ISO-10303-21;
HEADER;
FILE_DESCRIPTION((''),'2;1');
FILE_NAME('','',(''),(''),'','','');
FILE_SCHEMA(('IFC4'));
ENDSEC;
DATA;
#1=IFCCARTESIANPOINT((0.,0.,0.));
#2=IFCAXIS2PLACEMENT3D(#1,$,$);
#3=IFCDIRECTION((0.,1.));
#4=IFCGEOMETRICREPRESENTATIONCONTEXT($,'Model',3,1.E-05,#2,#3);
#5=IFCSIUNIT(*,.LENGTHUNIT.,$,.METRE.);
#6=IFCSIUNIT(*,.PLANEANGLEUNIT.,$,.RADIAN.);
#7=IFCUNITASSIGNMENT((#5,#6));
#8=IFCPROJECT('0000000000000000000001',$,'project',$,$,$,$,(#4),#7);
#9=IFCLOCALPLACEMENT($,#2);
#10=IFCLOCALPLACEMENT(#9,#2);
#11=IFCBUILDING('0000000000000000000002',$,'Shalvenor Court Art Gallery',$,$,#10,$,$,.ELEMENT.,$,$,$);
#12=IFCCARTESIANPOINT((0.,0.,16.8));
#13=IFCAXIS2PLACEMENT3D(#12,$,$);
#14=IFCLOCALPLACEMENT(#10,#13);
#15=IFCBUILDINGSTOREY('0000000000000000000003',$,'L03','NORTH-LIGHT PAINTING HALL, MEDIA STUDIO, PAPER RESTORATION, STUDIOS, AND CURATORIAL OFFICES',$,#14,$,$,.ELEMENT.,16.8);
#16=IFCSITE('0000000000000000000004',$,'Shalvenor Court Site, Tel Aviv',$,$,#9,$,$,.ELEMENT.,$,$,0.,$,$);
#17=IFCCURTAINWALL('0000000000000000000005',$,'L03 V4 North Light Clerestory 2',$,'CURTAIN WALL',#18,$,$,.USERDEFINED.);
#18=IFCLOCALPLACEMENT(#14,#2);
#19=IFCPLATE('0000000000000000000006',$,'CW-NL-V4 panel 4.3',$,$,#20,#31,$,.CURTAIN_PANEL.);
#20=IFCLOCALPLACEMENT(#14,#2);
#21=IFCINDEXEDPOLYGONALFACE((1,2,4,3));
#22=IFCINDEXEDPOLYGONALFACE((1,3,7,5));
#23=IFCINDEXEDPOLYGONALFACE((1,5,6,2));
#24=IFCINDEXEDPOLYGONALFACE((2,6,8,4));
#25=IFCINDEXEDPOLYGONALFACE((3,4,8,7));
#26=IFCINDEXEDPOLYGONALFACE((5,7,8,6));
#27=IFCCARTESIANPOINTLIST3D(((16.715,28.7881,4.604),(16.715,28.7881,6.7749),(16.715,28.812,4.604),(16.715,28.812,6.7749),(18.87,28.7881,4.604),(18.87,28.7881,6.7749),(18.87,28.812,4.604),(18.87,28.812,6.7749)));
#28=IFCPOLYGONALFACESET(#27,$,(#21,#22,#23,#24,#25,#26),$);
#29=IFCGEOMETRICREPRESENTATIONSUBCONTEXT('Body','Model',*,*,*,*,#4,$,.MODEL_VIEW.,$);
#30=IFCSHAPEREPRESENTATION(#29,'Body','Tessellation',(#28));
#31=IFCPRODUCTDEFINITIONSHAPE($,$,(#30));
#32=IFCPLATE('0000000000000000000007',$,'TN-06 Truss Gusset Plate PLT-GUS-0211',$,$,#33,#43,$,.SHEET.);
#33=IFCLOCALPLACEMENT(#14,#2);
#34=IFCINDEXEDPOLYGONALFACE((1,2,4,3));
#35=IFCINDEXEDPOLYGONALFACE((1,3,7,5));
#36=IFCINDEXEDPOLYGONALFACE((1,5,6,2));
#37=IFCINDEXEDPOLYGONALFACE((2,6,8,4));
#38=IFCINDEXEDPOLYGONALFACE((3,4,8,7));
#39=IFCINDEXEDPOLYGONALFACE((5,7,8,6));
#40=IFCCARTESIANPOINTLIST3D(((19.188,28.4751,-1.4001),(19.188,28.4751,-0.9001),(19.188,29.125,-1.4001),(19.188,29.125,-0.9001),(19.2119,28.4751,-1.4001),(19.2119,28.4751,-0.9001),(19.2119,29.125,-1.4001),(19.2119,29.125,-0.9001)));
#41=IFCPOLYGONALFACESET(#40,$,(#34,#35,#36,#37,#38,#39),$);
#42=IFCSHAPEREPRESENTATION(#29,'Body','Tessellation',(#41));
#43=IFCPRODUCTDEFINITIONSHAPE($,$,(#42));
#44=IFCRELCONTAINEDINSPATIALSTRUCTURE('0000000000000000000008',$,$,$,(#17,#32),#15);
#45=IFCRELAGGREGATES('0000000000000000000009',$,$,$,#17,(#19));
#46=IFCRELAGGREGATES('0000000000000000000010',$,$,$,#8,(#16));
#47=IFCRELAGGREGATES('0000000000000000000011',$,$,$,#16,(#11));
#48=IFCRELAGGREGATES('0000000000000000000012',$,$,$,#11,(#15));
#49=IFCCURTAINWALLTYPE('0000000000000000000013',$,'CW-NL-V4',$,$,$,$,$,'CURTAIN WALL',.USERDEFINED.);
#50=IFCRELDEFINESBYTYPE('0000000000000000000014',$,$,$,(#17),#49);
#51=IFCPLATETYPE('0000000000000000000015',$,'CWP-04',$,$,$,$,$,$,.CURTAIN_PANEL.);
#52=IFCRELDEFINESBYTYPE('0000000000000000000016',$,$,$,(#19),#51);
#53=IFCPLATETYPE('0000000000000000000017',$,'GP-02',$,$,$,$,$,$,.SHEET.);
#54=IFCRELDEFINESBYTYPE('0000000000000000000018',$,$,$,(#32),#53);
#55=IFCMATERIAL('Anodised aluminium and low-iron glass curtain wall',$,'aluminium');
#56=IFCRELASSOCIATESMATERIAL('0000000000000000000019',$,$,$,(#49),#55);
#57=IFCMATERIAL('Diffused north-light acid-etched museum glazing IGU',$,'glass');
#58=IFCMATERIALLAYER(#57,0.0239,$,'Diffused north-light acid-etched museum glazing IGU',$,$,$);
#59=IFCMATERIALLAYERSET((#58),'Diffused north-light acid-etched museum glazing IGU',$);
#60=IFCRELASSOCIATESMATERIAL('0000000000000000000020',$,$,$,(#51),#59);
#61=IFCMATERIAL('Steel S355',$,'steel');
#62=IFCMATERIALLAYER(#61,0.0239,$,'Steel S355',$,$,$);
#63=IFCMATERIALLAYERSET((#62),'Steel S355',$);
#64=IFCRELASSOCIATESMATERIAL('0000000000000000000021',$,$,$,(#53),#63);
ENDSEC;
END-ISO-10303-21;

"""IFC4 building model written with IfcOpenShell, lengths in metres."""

from ifc_helpers import new_model, si_unit, direction, frame, origin, origin_2d, place, context, subcontext, project, spatial, rectangle, extrude, material, layer, layer_set, type_object, element, aggregate, save


model = new_model("IFC4")

# Units and contexts
model_context = context("Model", 3, precision=1e-05, world=origin(), true_north=direction((0.0, 1.0)))
body_context = subcontext(model_context, "Body", "Model", "MODEL_VIEW")
ifc_project = project(units=[si_unit("LENGTHUNIT", "METRE"), si_unit("PLANEANGLEUNIT", "RADIAN")], contexts=[model_context])

# Site, building, storey
site_placement = place(None, origin())
site = spatial("IfcSite", under=ifc_project, at=site_placement, Name="Shalvenor Court Site, Tel Aviv", CompositionType="ELEMENT", RefElevation=0.0)
building_placement = place(site_placement, origin())
building = spatial("IfcBuilding", under=site, at=building_placement, Name="Shalvenor Court Art Gallery", CompositionType="ELEMENT")
storey_placement = place(building_placement, frame((0.0, 0.0, 16.8)))
storey = spatial("IfcBuildingStorey", under=building, at=storey_placement, Name="L03", Description="NORTH-LIGHT PAINTING HALL, MEDIA STUDIO, PAPER RESTORATION, STUDIOS, AND CURATORIAL OFFICES", CompositionType="ELEMENT", Elevation=16.8)

# Curtain wall
ifc_material_1 = material(Name="Anodised aluminium and low-iron glass curtain wall", Category="aluminium")
curtain_wall_type = type_object("IfcCurtainWallType", Name="CW-NL-V4", ElementType="CURTAIN WALL", PredefinedType="USERDEFINED", material=ifc_material_1)
curtain_wall_1_placement = place(storey_placement, origin())
curtain_wall_1 = element("IfcCurtainWall", 1, at=curtain_wall_1_placement, inside=storey, type_object=curtain_wall_type, Name="L03 V4 North Light Clerestory 2", ObjectType="CURTAIN WALL", PredefinedType="USERDEFINED")

# Plates
ifc_material_2 = material(Name="Diffused north-light acid-etched museum glazing IGU", Category="glass")
ifc_layer_1 = layer(ifc_material_2, 0.0239, Name="Diffused north-light acid-etched museum glazing IGU")
ifc_layer_set_1 = layer_set([ifc_layer_1], Name="Diffused north-light acid-etched museum glazing IGU")
plate_type_1 = type_object("IfcPlateType", Name="CWP-04", PredefinedType="CURTAIN_PANEL", material=ifc_layer_set_1)
plate_1_placement = place(storey_placement, frame((17.7925, 28.8, 4.604), z_axis=(0.0, 0.0, 1.0), x_axis=(1.0, 0.0, 0.0)))
plate_1 = element("IfcPlate", 2, at=plate_1_placement, type_object=plate_type_1, Name="CW-NL-V4 panel 4.3", PredefinedType="CURTAIN_PANEL", context=body_context, shape_type="SweptSolid", body=[
    extrude(rectangle(XDim=2.155, YDim=0.0239, at=origin_2d()), origin(), (0.0, 0.0, 1.0), 2.1709),
])
aggregate(curtain_wall_1, [plate_1])
ifc_material_3 = material(Name="Steel S355", Category="steel")
ifc_layer_2 = layer(ifc_material_3, 0.0239, Name="Steel S355")
ifc_layer_set_2 = layer_set([ifc_layer_2], Name="Steel S355")
plate_type_2 = type_object("IfcPlateType", Name="GP-02", PredefinedType="SHEET", material=ifc_layer_set_2)
plate_2_placement = place(storey_placement, frame((19.2, 28.8, -1.4001), z_axis=(0.0, 0.0, 1.0), x_axis=(0.0, 1.0, 0.0)))
element("IfcPlate", 3, at=plate_2_placement, inside=storey, type_object=plate_type_2, Name="TN-06 Truss Gusset Plate PLT-GUS-0211", PredefinedType="SHEET", context=body_context, shape_type="SweptSolid", body=[
    extrude(rectangle(XDim=0.6499, YDim=0.0239, at=origin_2d()), origin(), (0.0, 0.0, 1.0), 0.5),
])

save(model, "model.ifc")
